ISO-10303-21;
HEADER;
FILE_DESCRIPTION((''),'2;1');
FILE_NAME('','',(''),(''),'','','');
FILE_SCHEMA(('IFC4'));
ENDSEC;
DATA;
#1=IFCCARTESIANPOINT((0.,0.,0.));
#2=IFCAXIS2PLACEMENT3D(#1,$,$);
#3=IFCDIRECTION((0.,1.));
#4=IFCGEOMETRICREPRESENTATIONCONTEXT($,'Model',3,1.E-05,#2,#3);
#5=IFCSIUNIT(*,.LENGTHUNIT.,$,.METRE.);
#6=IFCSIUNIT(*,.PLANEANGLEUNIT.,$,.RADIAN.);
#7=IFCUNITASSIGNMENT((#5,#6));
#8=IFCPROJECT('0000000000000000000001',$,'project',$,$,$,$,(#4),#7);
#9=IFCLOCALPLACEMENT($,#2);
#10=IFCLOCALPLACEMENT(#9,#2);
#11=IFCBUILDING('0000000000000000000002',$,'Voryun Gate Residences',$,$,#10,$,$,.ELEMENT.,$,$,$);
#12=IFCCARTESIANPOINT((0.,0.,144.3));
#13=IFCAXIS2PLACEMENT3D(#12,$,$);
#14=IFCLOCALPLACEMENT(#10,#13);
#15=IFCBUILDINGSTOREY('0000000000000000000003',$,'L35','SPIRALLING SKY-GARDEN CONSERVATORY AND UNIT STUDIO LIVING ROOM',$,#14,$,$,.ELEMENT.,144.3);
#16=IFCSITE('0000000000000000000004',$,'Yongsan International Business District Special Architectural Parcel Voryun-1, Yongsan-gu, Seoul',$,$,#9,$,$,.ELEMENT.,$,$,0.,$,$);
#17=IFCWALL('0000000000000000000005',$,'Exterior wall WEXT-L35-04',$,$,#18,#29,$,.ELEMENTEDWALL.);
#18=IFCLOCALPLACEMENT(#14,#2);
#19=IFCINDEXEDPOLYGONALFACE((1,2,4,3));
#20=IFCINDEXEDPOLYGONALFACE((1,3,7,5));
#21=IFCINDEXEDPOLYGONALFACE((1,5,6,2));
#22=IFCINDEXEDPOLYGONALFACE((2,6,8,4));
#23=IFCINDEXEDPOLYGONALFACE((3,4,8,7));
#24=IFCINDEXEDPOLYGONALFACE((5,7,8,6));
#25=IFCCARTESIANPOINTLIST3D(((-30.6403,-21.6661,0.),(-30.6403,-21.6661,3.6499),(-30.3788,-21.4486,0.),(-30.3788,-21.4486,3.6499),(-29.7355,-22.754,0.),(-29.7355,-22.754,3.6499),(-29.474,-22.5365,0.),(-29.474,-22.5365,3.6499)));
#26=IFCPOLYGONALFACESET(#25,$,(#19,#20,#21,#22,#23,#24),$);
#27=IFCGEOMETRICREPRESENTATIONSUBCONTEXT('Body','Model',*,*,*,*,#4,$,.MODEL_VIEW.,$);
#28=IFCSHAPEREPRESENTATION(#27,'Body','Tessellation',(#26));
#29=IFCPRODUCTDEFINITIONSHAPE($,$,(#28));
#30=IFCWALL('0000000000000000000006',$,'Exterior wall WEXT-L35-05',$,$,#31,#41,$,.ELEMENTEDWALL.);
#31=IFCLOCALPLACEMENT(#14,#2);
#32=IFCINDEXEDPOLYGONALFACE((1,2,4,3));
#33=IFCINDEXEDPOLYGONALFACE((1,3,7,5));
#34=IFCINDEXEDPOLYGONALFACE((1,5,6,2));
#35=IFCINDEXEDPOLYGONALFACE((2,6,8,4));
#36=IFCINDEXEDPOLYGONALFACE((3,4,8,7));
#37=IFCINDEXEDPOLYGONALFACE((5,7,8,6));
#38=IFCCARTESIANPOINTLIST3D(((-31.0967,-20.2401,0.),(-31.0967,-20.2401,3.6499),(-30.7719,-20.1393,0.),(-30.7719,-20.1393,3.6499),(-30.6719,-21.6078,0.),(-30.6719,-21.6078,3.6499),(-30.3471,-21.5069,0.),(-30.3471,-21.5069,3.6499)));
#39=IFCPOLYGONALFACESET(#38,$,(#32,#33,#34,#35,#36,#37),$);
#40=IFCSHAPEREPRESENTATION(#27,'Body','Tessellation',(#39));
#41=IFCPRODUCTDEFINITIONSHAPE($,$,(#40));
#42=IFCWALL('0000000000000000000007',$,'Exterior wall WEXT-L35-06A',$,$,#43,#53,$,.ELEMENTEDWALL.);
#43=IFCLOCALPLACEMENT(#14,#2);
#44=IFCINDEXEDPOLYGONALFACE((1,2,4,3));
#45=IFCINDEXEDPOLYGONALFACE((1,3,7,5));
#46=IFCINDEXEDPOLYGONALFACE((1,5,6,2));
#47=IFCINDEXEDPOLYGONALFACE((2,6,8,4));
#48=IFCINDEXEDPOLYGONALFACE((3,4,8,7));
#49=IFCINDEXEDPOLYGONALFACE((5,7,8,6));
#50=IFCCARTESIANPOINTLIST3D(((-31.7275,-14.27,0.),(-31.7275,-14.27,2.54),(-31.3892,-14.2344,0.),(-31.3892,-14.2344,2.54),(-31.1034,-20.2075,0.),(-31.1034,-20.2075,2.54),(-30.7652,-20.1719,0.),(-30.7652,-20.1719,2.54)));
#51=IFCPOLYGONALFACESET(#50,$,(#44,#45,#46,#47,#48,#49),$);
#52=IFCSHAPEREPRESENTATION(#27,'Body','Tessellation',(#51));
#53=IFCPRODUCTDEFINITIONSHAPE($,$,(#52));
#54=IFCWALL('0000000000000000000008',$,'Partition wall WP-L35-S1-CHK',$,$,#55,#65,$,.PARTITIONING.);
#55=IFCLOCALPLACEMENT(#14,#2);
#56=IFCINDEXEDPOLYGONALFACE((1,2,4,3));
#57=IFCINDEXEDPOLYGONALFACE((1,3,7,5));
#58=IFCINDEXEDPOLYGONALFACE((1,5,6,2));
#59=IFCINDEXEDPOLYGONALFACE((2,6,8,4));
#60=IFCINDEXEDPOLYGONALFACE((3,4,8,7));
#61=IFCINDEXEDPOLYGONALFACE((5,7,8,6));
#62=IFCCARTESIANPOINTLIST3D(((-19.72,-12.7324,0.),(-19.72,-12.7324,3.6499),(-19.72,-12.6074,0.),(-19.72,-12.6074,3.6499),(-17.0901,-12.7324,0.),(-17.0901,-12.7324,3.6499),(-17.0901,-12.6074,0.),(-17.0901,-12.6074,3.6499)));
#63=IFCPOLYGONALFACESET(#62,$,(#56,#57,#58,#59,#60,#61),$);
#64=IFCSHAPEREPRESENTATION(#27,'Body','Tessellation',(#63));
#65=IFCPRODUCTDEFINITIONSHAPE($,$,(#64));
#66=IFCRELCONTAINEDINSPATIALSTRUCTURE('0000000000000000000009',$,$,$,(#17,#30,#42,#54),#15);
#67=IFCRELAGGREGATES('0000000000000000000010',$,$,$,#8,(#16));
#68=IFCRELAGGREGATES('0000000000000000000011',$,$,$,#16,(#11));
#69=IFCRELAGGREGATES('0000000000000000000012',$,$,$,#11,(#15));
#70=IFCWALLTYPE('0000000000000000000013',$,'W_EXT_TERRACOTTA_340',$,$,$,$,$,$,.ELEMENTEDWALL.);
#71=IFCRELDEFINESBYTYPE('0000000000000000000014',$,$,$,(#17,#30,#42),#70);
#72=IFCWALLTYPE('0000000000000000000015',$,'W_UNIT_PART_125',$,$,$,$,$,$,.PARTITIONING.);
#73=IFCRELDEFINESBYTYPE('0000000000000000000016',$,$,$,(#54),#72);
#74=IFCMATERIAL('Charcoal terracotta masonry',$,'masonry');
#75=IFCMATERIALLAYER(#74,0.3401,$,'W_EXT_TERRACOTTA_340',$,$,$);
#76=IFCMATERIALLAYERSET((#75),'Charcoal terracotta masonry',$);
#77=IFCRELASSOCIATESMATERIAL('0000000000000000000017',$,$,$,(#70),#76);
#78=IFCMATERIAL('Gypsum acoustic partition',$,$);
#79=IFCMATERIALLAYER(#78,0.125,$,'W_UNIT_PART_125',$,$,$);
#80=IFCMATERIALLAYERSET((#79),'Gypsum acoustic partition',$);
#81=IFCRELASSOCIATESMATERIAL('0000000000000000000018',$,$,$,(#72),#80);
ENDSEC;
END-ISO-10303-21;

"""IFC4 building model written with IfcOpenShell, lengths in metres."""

from ifc_helpers import new_model, si_unit, direction, frame, frame_2d, origin, place, context, subcontext, project, spatial, rectangle, extrude, material, layer, layer_set, type_object, element, save


model = new_model("IFC4")

# Units and contexts
model_context = context("Model", 3, precision=1e-05, world=origin(), true_north=direction((0.0, 1.0)))
body_context = subcontext(model_context, "Body", "Model", "MODEL_VIEW")
ifc_project = project(units=[si_unit("LENGTHUNIT", "METRE"), si_unit("PLANEANGLEUNIT", "RADIAN")], contexts=[model_context])

# Site, building, storey
site_placement = place(None, origin())
site = spatial("IfcSite", under=ifc_project, at=site_placement, Name="Yongsan International Business District Special Architectural Parcel Voryun-1, Yongsan-gu, Seoul", CompositionType="ELEMENT", RefElevation=0.0)
building_placement = place(site_placement, origin())
building = spatial("IfcBuilding", under=site, at=building_placement, Name="Voryun Gate Residences", CompositionType="ELEMENT")
storey_placement = place(building_placement, frame((0.0, 0.0, 144.3)))
storey = spatial("IfcBuildingStorey", under=building, at=storey_placement, Name="L35", Description="SPIRALLING SKY-GARDEN CONSERVATORY AND UNIT STUDIO LIVING ROOM", CompositionType="ELEMENT", Elevation=144.3)

# Walls
ifc_material_1 = material(Name="Charcoal terracotta masonry", Category="masonry")
ifc_layer_1 = layer(ifc_material_1, 0.3401, Name="W_EXT_TERRACOTTA_340")
ifc_layer_set_1 = layer_set([ifc_layer_1], Name="Charcoal terracotta masonry")
wall_type_1 = type_object("IfcWallType", Name="W_EXT_TERRACOTTA_340", PredefinedType="ELEMENTEDWALL", material=ifc_layer_set_1)
wall_1_placement = place(storey_placement, frame((-29.6047, -22.6453, 0.0), z_axis=(0.0, 0.0, 1.0), x_axis=(-0.639437, 0.768843, 0.0)))
element("IfcWall", 1, at=wall_1_placement, inside=storey, type_object=wall_type_1, Name="Exterior wall WEXT-L35-04", PredefinedType="ELEMENTEDWALL", context=body_context, shape_type="SweptSolid", body=[
    extrude(rectangle(XDim=1.415, YDim=0.3401, at=frame_2d((0.7075, 0.0))), origin(), (0.0, 0.0, 1.0), 3.6499),
])
wall_2_placement = place(storey_placement, frame((-30.5095, -21.5574, 0.0), z_axis=(0.0, 0.0, 1.0), x_axis=(-0.296624, 0.954994, 0.0)))
element("IfcWall", 2, at=wall_2_placement, inside=storey, type_object=wall_type_1, Name="Exterior wall WEXT-L35-05", PredefinedType="ELEMENTEDWALL", context=body_context, shape_type="SweptSolid", body=[
    extrude(rectangle(XDim=1.4321, YDim=0.3401, at=frame_2d((0.7161, 0.0))), origin(), (0.0, 0.0, 1.0), 3.6499),
])
wall_3_placement = place(storey_placement, frame((-30.9343, -20.1897, 0.0), z_axis=(0.0, 0.0, 1.0), x_axis=(-0.104523, 0.994522, 0.0)))
element("IfcWall", 3, at=wall_3_placement, inside=storey, type_object=wall_type_1, Name="Exterior wall WEXT-L35-06A", PredefinedType="ELEMENTEDWALL", context=body_context, shape_type="SweptSolid", body=[
    extrude(rectangle(XDim=5.9702, YDim=0.3401, at=frame_2d((2.9851, 0.0))), origin(), (0.0, 0.0, 1.0), 2.54),
])
ifc_material_2 = material(Name="Gypsum acoustic partition")
ifc_layer_2 = layer(ifc_material_2, 0.125, Name="W_UNIT_PART_125")
ifc_layer_set_2 = layer_set([ifc_layer_2], Name="Gypsum acoustic partition")
wall_type_2 = type_object("IfcWallType", Name="W_UNIT_PART_125", PredefinedType="PARTITIONING", material=ifc_layer_set_2)
wall_4_placement = place(storey_placement, frame((-19.72, -12.6699, 0.0), z_axis=(0.0, 0.0, 1.0), x_axis=(1.0, 0.0, 0.0)))
element("IfcWall", 4, at=wall_4_placement, inside=storey, type_object=wall_type_2, Name="Partition wall WP-L35-S1-CHK", PredefinedType="PARTITIONING", context=body_context, shape_type="SweptSolid", body=[
    extrude(rectangle(XDim=2.6299, YDim=0.125, at=frame_2d((1.3149, 0.0))), origin(), (0.0, 0.0, 1.0), 3.6499),
])

save(model, "model.ifc")
